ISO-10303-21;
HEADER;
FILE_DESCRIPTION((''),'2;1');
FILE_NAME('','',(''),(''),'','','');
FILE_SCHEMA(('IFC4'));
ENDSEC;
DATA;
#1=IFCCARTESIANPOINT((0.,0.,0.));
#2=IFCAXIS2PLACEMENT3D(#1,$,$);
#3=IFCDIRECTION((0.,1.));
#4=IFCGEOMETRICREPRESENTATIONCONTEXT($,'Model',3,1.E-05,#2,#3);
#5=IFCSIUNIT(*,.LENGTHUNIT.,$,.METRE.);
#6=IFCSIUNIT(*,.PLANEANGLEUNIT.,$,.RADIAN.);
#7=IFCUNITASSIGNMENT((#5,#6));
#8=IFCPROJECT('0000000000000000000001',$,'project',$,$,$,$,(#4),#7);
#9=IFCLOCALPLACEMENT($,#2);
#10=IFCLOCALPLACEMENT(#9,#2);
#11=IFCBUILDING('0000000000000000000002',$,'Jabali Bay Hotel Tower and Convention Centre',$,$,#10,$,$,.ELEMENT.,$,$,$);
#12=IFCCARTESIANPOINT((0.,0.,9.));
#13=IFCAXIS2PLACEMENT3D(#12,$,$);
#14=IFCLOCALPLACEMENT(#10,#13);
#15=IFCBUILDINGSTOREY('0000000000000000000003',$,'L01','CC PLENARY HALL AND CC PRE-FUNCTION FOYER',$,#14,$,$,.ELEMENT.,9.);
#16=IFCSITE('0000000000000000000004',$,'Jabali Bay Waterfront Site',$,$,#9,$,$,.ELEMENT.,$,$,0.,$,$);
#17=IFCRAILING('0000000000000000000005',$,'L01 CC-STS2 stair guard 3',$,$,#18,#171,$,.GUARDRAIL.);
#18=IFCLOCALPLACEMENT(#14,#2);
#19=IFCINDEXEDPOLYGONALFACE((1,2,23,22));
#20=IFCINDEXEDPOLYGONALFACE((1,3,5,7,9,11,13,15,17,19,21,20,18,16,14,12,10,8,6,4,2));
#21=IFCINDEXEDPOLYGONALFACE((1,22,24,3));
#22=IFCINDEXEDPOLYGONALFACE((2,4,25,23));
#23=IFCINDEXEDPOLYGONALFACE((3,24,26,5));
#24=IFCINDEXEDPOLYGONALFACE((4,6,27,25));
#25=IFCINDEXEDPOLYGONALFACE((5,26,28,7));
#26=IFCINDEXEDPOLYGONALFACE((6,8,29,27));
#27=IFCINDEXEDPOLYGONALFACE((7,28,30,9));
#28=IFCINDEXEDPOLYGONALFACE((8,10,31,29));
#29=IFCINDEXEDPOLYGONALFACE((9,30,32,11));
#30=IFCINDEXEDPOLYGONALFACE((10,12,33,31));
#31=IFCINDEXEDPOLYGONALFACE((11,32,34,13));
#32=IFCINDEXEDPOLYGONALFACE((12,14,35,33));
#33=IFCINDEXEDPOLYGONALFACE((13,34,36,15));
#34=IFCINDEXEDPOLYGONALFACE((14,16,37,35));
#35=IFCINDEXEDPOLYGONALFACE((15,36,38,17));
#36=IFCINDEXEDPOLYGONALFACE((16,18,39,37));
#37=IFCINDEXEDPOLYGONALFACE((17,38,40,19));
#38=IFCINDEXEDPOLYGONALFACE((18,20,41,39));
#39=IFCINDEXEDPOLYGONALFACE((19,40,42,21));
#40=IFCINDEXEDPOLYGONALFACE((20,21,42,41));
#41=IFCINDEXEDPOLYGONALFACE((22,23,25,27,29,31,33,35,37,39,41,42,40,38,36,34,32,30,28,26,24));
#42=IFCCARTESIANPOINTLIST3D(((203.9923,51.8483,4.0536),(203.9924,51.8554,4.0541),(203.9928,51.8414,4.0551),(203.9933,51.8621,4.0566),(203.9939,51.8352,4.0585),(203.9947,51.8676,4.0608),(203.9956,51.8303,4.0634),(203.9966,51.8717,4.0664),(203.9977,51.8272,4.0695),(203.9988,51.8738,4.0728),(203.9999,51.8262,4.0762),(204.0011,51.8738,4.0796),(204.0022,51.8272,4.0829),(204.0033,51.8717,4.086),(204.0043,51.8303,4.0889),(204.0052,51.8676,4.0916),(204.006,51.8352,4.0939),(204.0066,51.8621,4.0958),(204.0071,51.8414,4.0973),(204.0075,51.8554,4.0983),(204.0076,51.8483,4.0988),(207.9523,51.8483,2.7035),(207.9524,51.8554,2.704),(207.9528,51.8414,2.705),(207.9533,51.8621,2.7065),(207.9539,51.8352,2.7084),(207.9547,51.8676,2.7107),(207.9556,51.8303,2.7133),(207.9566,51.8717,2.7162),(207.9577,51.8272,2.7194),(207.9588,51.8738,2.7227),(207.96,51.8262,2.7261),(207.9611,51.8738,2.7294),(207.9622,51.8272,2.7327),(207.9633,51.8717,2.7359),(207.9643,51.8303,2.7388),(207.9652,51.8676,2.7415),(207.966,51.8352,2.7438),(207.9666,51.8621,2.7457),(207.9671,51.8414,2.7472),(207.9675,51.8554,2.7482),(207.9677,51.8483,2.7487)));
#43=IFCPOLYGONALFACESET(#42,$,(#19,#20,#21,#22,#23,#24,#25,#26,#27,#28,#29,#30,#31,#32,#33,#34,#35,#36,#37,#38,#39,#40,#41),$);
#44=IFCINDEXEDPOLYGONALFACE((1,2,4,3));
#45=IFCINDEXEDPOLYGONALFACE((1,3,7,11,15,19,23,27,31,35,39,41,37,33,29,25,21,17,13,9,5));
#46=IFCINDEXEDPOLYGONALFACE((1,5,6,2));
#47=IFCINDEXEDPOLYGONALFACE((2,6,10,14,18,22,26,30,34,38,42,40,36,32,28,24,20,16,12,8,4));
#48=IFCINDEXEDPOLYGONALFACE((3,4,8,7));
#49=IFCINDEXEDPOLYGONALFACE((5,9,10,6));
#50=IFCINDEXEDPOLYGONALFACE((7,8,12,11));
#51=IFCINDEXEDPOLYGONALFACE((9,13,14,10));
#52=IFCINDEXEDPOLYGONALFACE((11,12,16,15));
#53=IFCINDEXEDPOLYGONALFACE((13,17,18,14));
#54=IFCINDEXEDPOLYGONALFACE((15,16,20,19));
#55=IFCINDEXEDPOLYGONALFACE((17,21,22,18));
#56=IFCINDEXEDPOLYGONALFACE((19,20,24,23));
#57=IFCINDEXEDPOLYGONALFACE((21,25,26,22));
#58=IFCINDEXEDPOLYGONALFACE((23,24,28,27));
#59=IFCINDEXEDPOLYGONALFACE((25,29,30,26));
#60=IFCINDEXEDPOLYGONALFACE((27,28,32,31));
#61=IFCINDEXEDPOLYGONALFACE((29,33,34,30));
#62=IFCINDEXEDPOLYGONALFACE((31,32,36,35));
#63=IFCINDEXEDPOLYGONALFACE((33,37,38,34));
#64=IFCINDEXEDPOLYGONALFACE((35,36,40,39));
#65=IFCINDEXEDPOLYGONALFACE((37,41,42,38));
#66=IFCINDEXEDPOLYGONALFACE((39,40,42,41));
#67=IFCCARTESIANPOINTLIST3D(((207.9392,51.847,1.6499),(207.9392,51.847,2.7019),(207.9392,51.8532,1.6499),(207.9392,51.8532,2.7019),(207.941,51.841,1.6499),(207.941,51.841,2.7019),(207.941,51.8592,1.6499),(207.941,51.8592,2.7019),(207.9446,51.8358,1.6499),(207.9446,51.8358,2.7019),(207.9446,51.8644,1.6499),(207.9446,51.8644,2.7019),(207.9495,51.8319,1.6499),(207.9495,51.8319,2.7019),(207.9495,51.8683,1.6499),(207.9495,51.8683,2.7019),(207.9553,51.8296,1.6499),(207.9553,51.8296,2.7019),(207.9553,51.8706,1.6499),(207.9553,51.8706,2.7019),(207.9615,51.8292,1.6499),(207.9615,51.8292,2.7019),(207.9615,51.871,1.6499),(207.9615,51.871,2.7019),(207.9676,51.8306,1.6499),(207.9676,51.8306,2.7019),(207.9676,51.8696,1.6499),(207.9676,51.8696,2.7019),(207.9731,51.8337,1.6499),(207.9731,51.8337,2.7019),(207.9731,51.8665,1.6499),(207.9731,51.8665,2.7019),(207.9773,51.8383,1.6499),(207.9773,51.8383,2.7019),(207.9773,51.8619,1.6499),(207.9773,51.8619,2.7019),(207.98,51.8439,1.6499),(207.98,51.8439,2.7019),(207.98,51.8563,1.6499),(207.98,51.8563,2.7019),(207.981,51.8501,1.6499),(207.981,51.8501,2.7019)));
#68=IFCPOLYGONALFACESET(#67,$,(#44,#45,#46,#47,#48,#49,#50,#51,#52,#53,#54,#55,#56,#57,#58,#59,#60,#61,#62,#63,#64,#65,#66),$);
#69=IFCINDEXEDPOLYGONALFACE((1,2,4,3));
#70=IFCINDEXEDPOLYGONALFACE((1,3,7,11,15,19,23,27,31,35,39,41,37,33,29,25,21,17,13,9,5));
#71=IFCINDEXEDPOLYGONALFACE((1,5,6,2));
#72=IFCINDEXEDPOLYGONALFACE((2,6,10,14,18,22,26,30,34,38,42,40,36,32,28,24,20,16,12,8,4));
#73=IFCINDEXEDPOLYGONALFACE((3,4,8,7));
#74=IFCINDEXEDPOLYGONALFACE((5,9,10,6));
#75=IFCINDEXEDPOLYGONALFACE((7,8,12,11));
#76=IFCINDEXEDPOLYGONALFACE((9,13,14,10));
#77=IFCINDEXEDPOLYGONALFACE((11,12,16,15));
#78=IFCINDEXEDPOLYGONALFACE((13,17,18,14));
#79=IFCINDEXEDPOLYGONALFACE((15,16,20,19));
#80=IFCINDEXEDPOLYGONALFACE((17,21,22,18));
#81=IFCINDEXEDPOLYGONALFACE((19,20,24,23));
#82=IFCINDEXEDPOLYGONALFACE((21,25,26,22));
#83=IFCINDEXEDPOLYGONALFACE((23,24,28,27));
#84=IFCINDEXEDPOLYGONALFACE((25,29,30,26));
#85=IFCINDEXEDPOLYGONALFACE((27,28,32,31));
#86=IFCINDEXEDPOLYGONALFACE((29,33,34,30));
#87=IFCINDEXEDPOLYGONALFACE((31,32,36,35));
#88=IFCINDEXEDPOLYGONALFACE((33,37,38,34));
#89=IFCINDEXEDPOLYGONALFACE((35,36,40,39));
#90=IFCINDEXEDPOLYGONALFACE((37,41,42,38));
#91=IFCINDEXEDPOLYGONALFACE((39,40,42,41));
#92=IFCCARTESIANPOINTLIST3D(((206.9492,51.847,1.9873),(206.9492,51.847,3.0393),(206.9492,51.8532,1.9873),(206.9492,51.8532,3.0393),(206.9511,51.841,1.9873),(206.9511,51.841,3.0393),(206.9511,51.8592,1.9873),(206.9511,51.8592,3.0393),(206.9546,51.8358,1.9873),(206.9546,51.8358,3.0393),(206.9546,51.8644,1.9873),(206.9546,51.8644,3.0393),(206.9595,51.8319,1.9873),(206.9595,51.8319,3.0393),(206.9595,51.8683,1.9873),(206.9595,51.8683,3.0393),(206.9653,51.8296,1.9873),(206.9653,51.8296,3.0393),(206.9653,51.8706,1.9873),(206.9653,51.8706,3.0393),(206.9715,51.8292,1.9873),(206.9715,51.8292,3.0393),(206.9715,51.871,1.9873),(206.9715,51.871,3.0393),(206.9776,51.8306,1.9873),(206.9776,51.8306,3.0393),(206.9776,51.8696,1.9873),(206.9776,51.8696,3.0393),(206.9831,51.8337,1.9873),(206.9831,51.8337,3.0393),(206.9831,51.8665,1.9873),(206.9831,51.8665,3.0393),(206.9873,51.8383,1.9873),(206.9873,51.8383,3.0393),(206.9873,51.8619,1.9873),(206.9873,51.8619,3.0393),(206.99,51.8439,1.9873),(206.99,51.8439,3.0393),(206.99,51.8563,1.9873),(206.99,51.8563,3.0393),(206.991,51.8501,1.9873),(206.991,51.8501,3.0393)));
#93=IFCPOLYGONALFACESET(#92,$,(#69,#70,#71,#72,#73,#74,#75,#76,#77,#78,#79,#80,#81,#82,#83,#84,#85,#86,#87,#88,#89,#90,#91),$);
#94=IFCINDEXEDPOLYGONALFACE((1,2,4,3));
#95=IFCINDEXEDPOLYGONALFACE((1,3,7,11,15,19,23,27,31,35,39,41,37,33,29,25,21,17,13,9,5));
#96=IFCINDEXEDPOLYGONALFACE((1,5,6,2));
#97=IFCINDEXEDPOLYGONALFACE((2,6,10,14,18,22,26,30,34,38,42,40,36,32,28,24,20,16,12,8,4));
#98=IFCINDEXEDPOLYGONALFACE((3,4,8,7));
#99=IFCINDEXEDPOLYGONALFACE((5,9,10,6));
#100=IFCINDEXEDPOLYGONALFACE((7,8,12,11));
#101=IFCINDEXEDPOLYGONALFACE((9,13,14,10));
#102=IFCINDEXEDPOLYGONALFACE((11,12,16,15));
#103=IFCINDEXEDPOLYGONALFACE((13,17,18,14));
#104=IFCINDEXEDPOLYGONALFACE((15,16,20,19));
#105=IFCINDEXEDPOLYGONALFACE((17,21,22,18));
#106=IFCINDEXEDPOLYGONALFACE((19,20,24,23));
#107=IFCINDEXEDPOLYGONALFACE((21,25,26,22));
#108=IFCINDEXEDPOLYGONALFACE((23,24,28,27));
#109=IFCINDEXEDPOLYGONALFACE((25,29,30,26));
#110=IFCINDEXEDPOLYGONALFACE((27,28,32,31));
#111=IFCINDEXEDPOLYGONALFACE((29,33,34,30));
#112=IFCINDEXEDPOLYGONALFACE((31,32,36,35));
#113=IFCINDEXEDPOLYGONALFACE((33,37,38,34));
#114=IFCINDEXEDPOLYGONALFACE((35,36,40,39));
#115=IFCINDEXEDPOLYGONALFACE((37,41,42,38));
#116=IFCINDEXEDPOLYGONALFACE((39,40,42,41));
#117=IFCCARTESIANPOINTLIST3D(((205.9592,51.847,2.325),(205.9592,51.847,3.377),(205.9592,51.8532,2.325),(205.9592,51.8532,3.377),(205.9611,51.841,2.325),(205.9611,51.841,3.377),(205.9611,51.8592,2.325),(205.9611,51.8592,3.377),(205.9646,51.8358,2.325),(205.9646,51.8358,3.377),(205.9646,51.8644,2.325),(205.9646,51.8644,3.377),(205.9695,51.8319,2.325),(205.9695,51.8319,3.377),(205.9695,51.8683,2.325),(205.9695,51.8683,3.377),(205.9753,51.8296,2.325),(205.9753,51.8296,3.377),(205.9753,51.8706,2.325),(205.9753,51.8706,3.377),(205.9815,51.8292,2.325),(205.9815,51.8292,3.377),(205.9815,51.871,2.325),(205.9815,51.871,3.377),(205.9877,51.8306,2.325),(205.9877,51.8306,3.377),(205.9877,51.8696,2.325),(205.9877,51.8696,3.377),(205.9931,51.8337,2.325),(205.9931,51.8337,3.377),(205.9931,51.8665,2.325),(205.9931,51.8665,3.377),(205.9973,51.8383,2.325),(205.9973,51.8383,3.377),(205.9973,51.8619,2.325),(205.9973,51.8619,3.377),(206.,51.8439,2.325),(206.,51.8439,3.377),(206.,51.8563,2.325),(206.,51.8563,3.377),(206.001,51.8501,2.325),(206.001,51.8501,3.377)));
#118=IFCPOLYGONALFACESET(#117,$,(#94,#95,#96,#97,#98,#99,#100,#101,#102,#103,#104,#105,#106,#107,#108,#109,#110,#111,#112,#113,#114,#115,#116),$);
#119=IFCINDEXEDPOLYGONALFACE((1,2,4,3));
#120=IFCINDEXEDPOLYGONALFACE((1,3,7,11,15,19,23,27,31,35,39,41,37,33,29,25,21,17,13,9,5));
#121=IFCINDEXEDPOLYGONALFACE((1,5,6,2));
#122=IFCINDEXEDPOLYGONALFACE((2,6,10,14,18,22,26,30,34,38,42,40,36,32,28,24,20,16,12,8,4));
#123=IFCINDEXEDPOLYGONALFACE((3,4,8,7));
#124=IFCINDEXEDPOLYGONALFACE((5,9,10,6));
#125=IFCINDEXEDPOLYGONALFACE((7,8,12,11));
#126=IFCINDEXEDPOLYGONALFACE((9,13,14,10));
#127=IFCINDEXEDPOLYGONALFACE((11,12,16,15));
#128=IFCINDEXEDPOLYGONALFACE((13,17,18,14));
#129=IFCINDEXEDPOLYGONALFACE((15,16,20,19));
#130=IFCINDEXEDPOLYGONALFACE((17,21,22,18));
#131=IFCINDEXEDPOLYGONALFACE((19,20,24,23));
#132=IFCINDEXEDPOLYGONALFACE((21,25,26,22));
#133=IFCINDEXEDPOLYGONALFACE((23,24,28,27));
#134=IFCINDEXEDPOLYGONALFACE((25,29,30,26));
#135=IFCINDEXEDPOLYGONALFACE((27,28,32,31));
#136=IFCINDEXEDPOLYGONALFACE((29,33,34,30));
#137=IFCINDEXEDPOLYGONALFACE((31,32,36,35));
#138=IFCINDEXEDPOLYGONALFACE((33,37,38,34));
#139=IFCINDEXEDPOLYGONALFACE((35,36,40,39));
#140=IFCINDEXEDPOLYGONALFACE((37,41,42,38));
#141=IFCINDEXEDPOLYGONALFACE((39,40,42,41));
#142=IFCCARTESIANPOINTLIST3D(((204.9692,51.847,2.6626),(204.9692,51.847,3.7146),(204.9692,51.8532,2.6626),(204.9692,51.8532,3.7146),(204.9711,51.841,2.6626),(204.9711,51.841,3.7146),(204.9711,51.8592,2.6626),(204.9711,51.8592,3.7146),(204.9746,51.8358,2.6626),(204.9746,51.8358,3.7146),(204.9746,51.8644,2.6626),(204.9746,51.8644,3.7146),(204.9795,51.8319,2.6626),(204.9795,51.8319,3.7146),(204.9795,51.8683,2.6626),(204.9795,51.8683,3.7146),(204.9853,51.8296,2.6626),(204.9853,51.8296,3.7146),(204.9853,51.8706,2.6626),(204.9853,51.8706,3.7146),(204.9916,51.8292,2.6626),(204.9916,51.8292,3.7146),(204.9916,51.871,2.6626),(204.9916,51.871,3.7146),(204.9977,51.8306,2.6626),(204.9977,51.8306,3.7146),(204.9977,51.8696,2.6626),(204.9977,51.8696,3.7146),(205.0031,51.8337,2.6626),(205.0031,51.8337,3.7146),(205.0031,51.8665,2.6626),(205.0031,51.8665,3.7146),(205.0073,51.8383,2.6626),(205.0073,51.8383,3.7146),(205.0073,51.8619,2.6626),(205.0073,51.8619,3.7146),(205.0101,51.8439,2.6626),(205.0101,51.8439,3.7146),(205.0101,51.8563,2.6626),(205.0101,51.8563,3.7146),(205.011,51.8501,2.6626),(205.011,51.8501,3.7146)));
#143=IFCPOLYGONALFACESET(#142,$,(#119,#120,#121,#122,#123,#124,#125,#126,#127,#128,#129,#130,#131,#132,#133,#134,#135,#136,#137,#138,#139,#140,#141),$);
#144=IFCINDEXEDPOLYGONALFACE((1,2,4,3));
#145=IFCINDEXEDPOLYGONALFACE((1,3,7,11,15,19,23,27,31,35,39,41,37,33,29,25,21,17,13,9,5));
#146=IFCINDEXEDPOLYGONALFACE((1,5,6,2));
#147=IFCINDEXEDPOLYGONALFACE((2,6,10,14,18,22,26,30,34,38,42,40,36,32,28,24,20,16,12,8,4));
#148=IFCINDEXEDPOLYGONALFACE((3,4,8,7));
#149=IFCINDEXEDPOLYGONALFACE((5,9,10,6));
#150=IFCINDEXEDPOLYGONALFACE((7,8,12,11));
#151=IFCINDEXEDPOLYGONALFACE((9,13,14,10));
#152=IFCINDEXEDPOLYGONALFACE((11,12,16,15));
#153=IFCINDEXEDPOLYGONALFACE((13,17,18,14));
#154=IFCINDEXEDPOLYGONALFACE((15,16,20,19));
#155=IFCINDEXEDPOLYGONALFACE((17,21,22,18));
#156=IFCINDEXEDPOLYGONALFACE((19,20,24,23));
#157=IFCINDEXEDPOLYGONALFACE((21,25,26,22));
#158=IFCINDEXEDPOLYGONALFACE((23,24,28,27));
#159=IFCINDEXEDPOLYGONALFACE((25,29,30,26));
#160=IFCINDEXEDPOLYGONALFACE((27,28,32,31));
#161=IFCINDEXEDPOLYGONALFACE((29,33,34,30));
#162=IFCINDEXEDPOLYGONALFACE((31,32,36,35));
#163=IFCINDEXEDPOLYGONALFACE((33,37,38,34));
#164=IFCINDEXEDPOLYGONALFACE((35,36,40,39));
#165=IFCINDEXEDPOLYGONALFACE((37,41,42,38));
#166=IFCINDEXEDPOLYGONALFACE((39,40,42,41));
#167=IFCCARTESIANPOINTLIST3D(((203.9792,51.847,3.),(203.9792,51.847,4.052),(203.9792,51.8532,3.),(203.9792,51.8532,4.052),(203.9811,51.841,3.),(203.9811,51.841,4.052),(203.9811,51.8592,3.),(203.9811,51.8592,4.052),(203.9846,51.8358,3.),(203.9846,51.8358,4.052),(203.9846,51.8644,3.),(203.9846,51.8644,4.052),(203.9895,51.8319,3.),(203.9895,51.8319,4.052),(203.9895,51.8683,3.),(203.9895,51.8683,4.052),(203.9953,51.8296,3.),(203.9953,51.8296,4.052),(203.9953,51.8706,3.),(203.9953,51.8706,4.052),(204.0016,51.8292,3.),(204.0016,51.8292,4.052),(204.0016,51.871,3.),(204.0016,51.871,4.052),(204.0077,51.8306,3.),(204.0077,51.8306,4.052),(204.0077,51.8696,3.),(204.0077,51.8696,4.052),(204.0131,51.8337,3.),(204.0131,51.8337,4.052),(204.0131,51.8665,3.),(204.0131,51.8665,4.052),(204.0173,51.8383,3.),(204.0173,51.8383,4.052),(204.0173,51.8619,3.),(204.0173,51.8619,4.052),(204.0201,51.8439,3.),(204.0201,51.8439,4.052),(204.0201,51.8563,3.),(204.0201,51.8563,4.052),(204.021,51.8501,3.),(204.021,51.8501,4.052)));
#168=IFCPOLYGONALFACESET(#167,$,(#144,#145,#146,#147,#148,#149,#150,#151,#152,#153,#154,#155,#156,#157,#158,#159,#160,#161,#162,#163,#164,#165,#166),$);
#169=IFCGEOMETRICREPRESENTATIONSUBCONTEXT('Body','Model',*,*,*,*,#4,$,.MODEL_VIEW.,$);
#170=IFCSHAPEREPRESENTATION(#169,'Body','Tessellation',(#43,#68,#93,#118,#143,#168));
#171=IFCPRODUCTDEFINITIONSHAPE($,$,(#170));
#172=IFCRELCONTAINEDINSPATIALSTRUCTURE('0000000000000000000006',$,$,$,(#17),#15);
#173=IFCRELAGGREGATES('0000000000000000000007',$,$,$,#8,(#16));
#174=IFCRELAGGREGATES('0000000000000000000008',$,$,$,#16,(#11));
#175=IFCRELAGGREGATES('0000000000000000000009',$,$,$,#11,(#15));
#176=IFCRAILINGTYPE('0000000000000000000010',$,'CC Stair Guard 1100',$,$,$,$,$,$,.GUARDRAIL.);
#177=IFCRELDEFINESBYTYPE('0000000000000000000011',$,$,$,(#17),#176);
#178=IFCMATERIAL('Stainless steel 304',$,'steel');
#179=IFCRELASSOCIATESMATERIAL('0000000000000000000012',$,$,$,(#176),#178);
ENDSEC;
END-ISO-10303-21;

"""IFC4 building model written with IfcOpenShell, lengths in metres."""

from ifc_helpers import new_model, si_unit, direction, frame, origin, origin_2d, place, context, subcontext, project, spatial, circle, extrude, material, type_object, element, save


model = new_model("IFC4")

# Units and contexts
model_context = context("Model", 3, precision=1e-05, world=origin(), true_north=direction((0.0, 1.0)))
body_context = subcontext(model_context, "Body", "Model", "MODEL_VIEW")
ifc_project = project(units=[si_unit("LENGTHUNIT", "METRE"), si_unit("PLANEANGLEUNIT", "RADIAN")], contexts=[model_context])

# Site, building, storey
site_placement = place(None, origin())
site = spatial("IfcSite", under=ifc_project, at=site_placement, Name="Jabali Bay Waterfront Site", CompositionType="ELEMENT", RefElevation=0.0)
building_placement = place(site_placement, origin())
building = spatial("IfcBuilding", under=site, at=building_placement, Name="Jabali Bay Hotel Tower and Convention Centre", CompositionType="ELEMENT")
storey_placement = place(building_placement, frame((0.0, 0.0, 9.0)))
storey = spatial("IfcBuildingStorey", under=building, at=storey_placement, Name="L01", Description="CC PLENARY HALL AND CC PRE-FUNCTION FOYER", CompositionType="ELEMENT", Elevation=9.0)

# Railing
ifc_material_1 = material(Name="Stainless steel 304", Category="steel")
railing_type_1 = type_object("IfcRailingType", Name="CC Stair Guard 1100", PredefinedType="GUARDRAIL", material=ifc_material_1)
railing_1_placement = place(storey_placement, frame((207.96, 51.8501, 1.6499)))
element("IfcRailing", 1, at=railing_1_placement, inside=storey, type_object=railing_type_1, Name="L01 CC-STS2 stair guard 3", PredefinedType="GUARDRAIL", context=body_context, shape_type="SweptSolid", body=[
    extrude(circle(Radius=0.0239, at=origin_2d()), frame((0.0, 0.0, 1.0762), z_axis=(-0.946502, 0.0, 0.322698), x_axis=(0.0, -1.0, 0.0)), (0.0, 0.0, 1.0), 4.1838),
    extrude(circle(Radius=0.021, at=origin_2d()), origin(), (0.0, 0.0, 1.0), 1.052),
    extrude(circle(Radius=0.021, at=origin_2d()), frame((-0.99, 0.0, 0.3374)), (0.0, 0.0, 1.0), 1.052),
    extrude(circle(Radius=0.021, at=origin_2d()), frame((-1.98, 0.0, 0.675)), (0.0, 0.0, 1.0), 1.052),
    extrude(circle(Radius=0.021, at=origin_2d()), frame((-2.97, 0.0, 1.0127)), (0.0, 0.0, 1.0), 1.052),
    extrude(circle(Radius=0.021, at=origin_2d()), frame((-3.96, 0.0, 1.3501)), (0.0, 0.0, 1.0), 1.052),
])

save(model, "model.ifc")
